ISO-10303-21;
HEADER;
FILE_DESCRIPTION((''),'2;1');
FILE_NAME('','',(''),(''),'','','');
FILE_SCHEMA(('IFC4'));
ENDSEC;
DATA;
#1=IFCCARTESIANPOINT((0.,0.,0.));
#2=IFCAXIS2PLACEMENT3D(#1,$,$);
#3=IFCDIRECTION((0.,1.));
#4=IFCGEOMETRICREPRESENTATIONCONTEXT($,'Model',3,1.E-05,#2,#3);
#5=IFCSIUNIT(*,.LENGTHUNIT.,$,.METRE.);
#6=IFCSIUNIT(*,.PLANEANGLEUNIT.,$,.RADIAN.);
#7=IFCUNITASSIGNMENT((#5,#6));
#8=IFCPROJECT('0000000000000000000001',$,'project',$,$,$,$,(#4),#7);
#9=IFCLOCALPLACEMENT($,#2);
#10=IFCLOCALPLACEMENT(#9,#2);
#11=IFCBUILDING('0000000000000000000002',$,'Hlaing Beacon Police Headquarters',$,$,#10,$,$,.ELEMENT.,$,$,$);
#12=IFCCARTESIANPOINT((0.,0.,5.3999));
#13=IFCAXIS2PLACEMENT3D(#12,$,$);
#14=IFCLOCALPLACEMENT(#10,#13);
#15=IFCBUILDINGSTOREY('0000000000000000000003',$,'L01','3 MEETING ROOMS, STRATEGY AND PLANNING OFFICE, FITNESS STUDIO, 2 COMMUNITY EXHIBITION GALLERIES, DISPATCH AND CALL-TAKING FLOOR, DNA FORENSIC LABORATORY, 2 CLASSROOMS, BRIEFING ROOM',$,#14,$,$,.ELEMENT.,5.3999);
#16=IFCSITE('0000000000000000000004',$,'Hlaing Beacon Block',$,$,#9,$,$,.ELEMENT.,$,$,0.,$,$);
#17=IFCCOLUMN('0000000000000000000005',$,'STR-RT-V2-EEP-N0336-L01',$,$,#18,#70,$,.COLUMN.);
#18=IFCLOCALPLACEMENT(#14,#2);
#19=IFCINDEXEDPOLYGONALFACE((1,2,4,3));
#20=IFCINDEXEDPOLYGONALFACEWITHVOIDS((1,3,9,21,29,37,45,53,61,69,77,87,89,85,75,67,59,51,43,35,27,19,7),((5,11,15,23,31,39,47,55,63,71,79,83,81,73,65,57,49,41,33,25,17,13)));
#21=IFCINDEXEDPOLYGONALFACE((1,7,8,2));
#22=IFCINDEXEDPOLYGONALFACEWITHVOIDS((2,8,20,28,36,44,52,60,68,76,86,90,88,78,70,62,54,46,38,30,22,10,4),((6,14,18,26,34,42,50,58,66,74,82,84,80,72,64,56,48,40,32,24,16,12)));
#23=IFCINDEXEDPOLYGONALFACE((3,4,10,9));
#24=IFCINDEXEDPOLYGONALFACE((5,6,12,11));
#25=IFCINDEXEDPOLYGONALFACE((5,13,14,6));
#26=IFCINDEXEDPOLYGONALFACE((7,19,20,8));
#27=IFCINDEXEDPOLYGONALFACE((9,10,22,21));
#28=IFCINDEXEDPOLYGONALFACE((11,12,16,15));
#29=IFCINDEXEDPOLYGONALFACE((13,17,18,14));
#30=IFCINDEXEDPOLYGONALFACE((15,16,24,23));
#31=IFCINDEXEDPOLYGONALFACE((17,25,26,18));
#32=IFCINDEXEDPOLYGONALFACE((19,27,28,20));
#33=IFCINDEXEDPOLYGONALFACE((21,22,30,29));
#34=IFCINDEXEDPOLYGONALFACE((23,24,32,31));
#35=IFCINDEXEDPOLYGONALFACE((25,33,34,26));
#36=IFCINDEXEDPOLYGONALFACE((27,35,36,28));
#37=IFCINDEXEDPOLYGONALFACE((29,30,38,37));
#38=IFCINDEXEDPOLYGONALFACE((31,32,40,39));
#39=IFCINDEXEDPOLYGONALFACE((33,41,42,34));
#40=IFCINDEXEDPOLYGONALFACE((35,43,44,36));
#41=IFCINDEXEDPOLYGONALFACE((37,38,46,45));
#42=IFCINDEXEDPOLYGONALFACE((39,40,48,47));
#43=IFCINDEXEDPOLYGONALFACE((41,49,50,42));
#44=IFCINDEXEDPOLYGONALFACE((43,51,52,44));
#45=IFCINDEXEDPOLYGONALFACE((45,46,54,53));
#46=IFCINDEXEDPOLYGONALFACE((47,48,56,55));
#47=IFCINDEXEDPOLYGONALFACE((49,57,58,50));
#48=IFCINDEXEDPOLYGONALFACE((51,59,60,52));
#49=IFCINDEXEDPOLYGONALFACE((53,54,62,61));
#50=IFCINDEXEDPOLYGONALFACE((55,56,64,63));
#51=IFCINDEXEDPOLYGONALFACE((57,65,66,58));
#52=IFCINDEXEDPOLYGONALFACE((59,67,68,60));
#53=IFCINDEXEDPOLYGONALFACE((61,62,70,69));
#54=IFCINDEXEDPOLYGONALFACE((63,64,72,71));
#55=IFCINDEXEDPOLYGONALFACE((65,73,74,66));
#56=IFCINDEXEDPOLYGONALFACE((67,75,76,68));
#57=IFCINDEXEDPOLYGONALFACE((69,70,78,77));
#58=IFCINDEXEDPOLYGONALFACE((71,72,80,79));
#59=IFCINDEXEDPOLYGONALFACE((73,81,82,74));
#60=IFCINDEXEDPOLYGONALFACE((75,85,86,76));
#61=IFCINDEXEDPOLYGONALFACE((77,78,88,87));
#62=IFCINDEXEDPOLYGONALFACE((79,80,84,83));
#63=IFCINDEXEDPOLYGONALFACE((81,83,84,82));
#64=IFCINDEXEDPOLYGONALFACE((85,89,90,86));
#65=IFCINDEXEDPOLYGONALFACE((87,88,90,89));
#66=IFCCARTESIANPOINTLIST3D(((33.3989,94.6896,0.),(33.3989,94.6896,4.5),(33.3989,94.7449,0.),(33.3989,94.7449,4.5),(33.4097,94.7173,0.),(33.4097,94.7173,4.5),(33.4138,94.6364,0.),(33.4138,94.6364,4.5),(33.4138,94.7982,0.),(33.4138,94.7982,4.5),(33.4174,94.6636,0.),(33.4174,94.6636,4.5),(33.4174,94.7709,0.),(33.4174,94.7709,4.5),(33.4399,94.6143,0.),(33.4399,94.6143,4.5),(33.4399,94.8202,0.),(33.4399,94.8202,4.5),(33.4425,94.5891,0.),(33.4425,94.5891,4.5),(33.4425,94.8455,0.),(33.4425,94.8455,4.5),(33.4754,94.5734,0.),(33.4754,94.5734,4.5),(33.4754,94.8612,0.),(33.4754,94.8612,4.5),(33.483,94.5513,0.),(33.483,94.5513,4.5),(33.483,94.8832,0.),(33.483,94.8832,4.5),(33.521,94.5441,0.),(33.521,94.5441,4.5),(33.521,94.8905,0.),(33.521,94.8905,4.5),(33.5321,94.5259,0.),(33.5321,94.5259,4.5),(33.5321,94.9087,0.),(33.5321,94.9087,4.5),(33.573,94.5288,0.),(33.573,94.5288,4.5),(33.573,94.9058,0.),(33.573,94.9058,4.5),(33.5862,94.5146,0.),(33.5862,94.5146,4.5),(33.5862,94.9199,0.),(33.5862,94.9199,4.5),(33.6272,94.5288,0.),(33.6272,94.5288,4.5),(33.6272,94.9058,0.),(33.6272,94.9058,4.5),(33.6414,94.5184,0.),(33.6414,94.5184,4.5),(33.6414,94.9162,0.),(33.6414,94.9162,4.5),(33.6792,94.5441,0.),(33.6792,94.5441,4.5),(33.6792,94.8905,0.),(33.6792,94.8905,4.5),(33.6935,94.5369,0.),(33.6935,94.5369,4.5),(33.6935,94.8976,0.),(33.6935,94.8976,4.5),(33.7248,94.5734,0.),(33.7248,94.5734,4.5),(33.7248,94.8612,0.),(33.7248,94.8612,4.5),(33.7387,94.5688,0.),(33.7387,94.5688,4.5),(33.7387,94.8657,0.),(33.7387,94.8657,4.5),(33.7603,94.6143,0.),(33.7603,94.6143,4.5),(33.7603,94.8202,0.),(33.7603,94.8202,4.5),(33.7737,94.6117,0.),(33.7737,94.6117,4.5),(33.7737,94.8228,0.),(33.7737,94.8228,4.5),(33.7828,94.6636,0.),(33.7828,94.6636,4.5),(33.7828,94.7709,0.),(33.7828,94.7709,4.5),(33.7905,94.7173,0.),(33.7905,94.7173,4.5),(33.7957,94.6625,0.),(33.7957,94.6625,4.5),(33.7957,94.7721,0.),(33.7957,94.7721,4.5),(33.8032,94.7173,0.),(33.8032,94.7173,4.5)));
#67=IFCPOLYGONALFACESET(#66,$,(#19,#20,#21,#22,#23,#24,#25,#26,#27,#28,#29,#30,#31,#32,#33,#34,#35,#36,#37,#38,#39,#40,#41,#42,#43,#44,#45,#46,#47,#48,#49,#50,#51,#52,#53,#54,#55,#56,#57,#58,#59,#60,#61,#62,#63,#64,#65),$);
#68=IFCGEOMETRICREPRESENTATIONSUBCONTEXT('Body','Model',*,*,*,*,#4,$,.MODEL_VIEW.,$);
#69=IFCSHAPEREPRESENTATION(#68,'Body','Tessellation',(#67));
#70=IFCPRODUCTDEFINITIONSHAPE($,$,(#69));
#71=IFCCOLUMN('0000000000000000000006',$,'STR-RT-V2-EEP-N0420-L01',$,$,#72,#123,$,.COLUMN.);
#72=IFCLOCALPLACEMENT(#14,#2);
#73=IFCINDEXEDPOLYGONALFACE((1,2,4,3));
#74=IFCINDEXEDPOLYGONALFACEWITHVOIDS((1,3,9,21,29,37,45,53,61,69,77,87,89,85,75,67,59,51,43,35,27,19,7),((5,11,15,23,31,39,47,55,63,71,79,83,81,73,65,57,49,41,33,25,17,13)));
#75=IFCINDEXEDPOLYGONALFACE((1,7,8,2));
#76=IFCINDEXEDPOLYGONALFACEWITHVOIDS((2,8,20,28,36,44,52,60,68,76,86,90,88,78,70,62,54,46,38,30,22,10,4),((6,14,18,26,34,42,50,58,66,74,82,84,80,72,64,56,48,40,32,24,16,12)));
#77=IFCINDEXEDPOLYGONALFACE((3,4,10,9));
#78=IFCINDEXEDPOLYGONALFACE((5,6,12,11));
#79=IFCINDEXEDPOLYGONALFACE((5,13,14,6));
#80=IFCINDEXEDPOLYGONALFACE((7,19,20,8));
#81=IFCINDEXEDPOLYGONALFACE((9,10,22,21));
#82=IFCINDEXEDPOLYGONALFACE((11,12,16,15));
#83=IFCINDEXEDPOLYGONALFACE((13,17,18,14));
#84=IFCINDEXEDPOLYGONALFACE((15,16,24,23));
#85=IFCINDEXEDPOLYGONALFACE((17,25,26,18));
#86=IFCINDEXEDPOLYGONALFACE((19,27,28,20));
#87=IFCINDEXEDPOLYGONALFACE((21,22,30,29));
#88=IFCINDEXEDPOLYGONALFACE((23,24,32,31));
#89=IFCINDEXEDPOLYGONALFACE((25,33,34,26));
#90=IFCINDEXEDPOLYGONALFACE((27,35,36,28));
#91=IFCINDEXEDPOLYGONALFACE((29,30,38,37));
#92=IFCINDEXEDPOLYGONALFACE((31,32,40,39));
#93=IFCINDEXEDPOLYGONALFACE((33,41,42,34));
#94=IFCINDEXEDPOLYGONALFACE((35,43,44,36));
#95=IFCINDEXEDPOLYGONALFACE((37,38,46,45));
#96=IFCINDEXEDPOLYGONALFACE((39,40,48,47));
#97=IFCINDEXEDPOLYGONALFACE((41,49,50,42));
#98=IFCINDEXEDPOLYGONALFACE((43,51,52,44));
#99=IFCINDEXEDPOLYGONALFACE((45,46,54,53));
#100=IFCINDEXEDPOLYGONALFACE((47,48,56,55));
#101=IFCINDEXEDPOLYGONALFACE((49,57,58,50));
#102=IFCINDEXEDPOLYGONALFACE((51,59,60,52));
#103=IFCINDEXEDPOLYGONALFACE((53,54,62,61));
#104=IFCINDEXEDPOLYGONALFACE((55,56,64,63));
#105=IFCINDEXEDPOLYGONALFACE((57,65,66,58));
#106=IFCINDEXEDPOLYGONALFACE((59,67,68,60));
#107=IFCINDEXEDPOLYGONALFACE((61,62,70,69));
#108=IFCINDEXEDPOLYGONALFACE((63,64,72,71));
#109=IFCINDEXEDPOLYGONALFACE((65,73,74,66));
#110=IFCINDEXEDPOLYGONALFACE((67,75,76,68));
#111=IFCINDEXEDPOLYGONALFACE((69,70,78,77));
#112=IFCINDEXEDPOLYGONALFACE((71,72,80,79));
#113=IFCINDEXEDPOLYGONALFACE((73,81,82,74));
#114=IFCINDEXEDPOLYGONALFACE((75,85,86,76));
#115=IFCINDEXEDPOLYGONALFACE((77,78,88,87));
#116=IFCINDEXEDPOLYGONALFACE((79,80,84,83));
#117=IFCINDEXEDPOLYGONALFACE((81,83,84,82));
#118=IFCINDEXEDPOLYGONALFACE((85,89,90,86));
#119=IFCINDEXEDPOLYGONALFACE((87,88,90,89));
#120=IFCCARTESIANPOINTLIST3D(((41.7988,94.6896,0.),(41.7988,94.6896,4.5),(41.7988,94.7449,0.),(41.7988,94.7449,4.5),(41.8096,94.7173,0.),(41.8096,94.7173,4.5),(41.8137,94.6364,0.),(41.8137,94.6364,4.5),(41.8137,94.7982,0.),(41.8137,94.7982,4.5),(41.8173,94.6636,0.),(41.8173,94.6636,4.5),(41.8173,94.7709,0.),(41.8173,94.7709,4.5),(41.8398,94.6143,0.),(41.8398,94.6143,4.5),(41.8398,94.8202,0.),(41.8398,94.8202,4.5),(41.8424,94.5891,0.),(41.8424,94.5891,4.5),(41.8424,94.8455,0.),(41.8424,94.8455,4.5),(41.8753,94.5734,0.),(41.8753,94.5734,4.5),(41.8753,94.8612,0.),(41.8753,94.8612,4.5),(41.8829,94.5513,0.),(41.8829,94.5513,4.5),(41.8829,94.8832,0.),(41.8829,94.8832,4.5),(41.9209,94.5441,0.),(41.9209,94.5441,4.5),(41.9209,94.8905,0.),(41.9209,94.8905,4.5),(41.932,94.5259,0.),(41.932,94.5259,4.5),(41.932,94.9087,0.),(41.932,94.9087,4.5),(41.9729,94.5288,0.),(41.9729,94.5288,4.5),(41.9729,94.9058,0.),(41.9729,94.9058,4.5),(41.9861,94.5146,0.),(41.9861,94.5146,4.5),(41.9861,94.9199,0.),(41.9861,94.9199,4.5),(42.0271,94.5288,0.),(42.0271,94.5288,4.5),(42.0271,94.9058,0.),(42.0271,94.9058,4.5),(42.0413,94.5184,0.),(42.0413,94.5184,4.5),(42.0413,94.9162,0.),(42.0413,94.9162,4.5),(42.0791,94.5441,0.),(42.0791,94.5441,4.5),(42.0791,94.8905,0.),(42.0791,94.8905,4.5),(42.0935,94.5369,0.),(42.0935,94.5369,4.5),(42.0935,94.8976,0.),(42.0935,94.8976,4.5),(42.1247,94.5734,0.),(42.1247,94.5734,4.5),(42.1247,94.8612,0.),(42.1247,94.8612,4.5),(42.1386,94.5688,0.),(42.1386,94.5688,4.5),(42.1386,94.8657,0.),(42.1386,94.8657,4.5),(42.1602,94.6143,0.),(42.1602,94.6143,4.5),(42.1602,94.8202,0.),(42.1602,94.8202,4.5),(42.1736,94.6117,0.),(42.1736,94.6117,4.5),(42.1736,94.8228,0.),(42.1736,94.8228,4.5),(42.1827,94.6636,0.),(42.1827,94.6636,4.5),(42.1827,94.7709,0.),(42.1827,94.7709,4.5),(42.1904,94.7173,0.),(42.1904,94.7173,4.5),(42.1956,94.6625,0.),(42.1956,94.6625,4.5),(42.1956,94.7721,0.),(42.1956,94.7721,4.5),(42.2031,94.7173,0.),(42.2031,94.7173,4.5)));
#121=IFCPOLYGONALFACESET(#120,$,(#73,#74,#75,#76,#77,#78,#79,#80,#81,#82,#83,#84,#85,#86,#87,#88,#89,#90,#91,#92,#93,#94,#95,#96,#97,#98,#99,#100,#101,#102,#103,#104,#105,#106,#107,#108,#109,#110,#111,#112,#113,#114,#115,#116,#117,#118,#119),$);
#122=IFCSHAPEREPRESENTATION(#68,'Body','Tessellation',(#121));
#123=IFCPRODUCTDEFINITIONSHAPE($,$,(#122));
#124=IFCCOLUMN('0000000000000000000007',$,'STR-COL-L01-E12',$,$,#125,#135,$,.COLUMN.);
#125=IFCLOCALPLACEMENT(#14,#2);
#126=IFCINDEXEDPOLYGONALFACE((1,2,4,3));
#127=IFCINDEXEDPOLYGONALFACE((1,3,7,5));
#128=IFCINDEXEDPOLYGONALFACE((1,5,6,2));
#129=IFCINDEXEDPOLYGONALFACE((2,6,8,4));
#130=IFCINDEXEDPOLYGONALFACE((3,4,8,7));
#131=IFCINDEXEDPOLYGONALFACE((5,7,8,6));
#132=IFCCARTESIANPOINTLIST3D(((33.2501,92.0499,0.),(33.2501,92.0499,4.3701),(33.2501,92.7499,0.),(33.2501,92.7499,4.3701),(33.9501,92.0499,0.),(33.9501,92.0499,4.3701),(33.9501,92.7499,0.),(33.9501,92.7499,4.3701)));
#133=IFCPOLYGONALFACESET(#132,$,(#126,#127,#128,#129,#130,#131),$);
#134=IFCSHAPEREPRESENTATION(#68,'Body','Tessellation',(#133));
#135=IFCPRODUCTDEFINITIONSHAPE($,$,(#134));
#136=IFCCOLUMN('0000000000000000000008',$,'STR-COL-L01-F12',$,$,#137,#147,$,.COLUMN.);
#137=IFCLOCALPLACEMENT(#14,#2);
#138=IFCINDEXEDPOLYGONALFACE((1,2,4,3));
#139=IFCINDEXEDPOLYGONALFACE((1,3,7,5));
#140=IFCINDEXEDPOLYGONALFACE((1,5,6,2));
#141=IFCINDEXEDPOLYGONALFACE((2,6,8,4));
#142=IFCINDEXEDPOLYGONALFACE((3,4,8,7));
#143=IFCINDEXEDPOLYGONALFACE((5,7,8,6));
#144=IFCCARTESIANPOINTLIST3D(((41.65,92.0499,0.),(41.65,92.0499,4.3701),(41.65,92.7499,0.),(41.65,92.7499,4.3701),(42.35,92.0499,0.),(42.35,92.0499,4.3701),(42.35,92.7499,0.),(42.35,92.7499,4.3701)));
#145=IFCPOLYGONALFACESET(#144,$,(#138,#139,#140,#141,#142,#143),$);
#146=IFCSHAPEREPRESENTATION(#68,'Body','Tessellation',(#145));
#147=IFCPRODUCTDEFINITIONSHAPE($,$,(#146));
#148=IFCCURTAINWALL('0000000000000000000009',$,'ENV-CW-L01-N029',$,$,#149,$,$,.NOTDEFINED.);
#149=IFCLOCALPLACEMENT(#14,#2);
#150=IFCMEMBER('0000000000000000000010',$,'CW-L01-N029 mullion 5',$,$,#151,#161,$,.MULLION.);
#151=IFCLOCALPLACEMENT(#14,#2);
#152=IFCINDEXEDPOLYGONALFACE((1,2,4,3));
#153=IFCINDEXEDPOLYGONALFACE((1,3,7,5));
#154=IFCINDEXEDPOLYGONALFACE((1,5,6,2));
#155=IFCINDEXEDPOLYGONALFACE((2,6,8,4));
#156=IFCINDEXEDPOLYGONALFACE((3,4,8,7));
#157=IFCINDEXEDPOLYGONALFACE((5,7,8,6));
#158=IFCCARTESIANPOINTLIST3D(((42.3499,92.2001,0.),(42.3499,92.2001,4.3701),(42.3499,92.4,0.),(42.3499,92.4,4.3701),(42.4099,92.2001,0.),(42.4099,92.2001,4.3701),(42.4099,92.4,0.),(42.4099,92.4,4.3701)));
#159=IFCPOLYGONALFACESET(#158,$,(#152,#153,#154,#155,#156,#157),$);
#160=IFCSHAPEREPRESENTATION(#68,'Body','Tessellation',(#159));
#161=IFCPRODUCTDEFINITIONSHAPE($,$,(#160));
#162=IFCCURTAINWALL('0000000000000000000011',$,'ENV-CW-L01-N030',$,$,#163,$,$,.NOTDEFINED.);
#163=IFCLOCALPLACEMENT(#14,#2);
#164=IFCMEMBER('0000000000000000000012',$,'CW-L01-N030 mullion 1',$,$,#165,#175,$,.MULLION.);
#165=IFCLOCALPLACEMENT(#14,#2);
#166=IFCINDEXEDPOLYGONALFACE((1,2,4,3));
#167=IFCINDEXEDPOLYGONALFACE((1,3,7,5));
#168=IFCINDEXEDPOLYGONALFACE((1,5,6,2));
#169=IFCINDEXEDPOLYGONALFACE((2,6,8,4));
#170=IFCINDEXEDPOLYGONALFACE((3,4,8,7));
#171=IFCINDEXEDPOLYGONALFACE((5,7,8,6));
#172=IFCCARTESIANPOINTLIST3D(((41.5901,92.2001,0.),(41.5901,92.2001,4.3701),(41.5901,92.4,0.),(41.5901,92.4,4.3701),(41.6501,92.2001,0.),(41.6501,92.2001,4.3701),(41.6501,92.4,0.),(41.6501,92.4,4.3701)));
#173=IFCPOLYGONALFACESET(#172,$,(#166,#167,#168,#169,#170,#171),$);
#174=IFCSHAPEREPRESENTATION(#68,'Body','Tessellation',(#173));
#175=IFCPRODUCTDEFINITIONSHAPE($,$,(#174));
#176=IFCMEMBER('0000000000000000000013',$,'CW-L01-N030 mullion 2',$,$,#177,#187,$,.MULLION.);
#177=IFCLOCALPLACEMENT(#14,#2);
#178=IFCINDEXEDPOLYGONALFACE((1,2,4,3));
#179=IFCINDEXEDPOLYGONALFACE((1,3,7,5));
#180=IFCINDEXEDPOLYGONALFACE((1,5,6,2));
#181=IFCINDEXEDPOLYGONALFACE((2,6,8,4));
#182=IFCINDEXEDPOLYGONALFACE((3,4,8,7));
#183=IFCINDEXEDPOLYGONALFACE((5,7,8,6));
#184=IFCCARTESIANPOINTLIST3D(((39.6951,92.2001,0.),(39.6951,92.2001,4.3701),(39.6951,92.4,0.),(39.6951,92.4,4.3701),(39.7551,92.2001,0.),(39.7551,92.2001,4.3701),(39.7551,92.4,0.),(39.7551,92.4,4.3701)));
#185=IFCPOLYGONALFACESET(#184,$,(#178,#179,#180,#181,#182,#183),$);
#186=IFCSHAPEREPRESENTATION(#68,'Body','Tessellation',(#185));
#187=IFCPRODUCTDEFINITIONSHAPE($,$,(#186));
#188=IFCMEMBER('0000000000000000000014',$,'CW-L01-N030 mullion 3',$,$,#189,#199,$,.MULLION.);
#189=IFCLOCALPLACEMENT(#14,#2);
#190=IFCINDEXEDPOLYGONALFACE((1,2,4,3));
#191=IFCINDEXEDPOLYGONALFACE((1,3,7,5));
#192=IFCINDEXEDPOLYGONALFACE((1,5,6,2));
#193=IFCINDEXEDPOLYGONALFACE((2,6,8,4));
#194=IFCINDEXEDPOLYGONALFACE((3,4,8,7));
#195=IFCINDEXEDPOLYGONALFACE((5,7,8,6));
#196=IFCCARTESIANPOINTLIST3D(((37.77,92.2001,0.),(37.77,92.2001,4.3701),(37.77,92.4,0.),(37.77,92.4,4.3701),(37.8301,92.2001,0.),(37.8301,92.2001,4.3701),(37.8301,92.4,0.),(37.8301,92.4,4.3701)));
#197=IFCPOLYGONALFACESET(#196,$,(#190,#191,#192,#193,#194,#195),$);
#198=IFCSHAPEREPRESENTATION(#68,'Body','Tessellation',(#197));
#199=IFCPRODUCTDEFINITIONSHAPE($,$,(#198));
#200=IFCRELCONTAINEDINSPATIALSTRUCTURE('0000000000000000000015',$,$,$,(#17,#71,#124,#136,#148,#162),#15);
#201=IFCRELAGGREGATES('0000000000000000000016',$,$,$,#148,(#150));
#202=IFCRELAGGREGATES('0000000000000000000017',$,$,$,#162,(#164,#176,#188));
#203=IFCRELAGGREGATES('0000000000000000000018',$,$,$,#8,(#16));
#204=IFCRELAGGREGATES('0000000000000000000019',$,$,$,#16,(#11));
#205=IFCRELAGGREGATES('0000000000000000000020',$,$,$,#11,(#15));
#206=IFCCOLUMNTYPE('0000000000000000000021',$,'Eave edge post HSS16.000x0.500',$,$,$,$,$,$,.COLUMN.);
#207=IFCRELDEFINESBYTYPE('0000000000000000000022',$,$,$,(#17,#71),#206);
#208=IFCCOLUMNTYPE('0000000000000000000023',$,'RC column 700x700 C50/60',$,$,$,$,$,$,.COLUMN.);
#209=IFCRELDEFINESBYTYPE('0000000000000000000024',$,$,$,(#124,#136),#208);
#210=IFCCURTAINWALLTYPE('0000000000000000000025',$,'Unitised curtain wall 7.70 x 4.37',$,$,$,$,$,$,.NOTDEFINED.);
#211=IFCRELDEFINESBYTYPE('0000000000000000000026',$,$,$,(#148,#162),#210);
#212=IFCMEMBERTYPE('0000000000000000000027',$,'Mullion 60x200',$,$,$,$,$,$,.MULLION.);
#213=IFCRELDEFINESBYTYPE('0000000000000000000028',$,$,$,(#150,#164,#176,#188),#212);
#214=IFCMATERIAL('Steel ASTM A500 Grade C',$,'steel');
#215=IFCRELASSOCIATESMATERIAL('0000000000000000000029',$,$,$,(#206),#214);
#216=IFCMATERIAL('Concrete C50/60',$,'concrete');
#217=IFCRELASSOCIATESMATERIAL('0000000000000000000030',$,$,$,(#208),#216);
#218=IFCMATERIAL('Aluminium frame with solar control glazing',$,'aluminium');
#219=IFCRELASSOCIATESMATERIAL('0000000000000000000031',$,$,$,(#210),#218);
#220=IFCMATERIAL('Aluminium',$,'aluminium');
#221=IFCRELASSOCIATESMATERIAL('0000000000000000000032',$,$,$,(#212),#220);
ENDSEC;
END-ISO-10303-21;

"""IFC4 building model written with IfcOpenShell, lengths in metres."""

from ifc_helpers import new_model, si_unit, direction, frame, origin, origin_2d, place, context, subcontext, project, spatial, rectangle, hollow_circle, extrude, material, material_profile, profile_set, type_object, element, aggregate, save


model = new_model("IFC4")

# Units and contexts
model_context = context("Model", 3, precision=1e-05, world=origin(), true_north=direction((0.0, 1.0)))
body_context = subcontext(model_context, "Body", "Model", "MODEL_VIEW")
ifc_project = project(units=[si_unit("LENGTHUNIT", "METRE"), si_unit("PLANEANGLEUNIT", "RADIAN")], contexts=[model_context])

# Site, building, storey
site_placement = place(None, origin())
site = spatial("IfcSite", under=ifc_project, at=site_placement, Name="Hlaing Beacon Block", CompositionType="ELEMENT", RefElevation=0.0)
building_placement = place(site_placement, origin())
building = spatial("IfcBuilding", under=site, at=building_placement, Name="Hlaing Beacon Police Headquarters", CompositionType="ELEMENT")
storey_placement = place(building_placement, frame((0.0, 0.0, 5.3999)))
storey = spatial("IfcBuildingStorey", under=building, at=storey_placement, Name="L01", Description="3 MEETING ROOMS, STRATEGY AND PLANNING OFFICE, FITNESS STUDIO, 2 COMMUNITY EXHIBITION GALLERIES, DISPATCH AND CALL-TAKING FLOOR, DNA FORENSIC LABORATORY, 2 CLASSROOMS, BRIEFING ROOM", CompositionType="ELEMENT", Elevation=5.3999)

# Columns
ifc_material_1 = material(Name="Steel ASTM A500 Grade C", Category="steel")
ifc_material_profile_1 = material_profile(ifc_material_1, hollow_circle(Radius=0.2031, WallThickness=0.0127, at=origin_2d()), Name="HSS16.000x0.500")
ifc_profile_set_1 = profile_set([ifc_material_profile_1], Name="Steel ASTM A500 Grade C")
column_type_1 = type_object("IfcColumnType", Name="Eave edge post HSS16.000x0.500", PredefinedType="COLUMN", material=ifc_profile_set_1)
for number, where, z_axis, x_axis, name in (
    (1, (33.6001, 94.7173, 0.0), (0.0, 0.0, 1.0), (1.0, 0.0, 0.0), "STR-RT-V2-EEP-N0336-L01"),
    (2, (42.0, 94.7173, 0.0), (0.0, 0.0, 1.0), (1.0, 0.0, 0.0), "STR-RT-V2-EEP-N0420-L01"),
):
    element("IfcColumn", number, at=place(storey_placement, frame(where, z_axis=z_axis, x_axis=x_axis)), inside=storey, type_object=column_type_1, Name=name, PredefinedType="COLUMN", context=body_context, shape_type="SweptSolid", body=[
        extrude(hollow_circle(Radius=0.2031, WallThickness=0.0127, at=origin_2d()), origin(), (0.0, 0.0, 1.0), 4.5),
    ])
ifc_material_2 = material(Name="Concrete C50/60", Category="concrete")
ifc_material_profile_2 = material_profile(ifc_material_2, rectangle(XDim=0.7, YDim=0.7, at=origin_2d()), Name="700x700")
ifc_profile_set_2 = profile_set([ifc_material_profile_2], Name="Concrete C50/60")
column_type_2 = type_object("IfcColumnType", Name="RC column 700x700 C50/60", PredefinedType="COLUMN", material=ifc_profile_set_2)
for number, where, z_axis, x_axis, name in (
    (3, (33.6001, 92.3999, 0.0), (0.0, 0.0, 1.0), (1.0, 0.0, 0.0), "STR-COL-L01-E12"),
    (4, (42.0, 92.3999, 0.0), (0.0, 0.0, 1.0), (1.0, 0.0, 0.0), "STR-COL-L01-F12"),
):
    element("IfcColumn", number, at=place(storey_placement, frame(where, z_axis=z_axis, x_axis=x_axis)), inside=storey, type_object=column_type_2, Name=name, PredefinedType="COLUMN", context=body_context, shape_type="SweptSolid", body=[
        extrude(rectangle(XDim=0.7, YDim=0.7, at=origin_2d()), origin(), (0.0, 0.0, 1.0), 4.3701),
    ])

# Curtain wall, member
ifc_material_3 = material(Name="Aluminium frame with solar control glazing", Category="aluminium")
curtain_wall_type = type_object("IfcCurtainWallType", Name="Unitised curtain wall 7.70 x 4.37", PredefinedType="NOTDEFINED", material=ifc_material_3)
curtain_wall_1_placement = place(storey_placement, origin())
curtain_wall_1 = element("IfcCurtainWall", 5, at=curtain_wall_1_placement, inside=storey, type_object=curtain_wall_type, Name="ENV-CW-L01-N029", PredefinedType="NOTDEFINED")
ifc_material_4 = material(Name="Aluminium", Category="aluminium")
ifc_material_profile_3 = material_profile(ifc_material_4, rectangle(XDim=0.2, YDim=0.0601, at=origin_2d()), Name="Mullion 60x200")
ifc_profile_set_3 = profile_set([ifc_material_profile_3], Name="Aluminium")
member_type_1 = type_object("IfcMemberType", Name="Mullion 60x200", PredefinedType="MULLION", material=ifc_profile_set_3)
member_1_placement = place(storey_placement, frame((42.3799, 92.3, 0.0), z_axis=(0.0, 0.0, 1.0), x_axis=(0.0, -1.0, 0.0)))
member_1 = element("IfcMember", 6, at=member_1_placement, type_object=member_type_1, Name="CW-L01-N029 mullion 5", PredefinedType="MULLION", context=body_context, shape_type="SweptSolid", body=[
    extrude(rectangle(XDim=0.2, YDim=0.0601, at=origin_2d()), origin(), (0.0, 0.0, 1.0), 4.3701),
])
aggregate(curtain_wall_1, [member_1])

# Curtain wall, members
curtain_wall_2_placement = place(storey_placement, origin())
curtain_wall_2 = element("IfcCurtainWall", 7, at=curtain_wall_2_placement, inside=storey, type_object=curtain_wall_type, Name="ENV-CW-L01-N030", PredefinedType="NOTDEFINED")
member_2_placement = place(storey_placement, frame((41.6201, 92.3, 0.0), z_axis=(0.0, 0.0, 1.0), x_axis=(0.0, -1.0, 0.0)))
member_2 = element("IfcMember", 8, at=member_2_placement, type_object=member_type_1, Name="CW-L01-N030 mullion 1", PredefinedType="MULLION", context=body_context, shape_type="SweptSolid", body=[
    extrude(rectangle(XDim=0.2, YDim=0.0601, at=origin_2d()), origin(), (0.0, 0.0, 1.0), 4.3701),
])
member_3_placement = place(storey_placement, frame((39.7251, 92.3, 0.0), z_axis=(0.0, 0.0, 1.0), x_axis=(0.0, -1.0, 0.0)))
member_3 = element("IfcMember", 9, at=member_3_placement, type_object=member_type_1, Name="CW-L01-N030 mullion 2", PredefinedType="MULLION", context=body_context, shape_type="SweptSolid", body=[
    extrude(rectangle(XDim=0.2, YDim=0.0601, at=origin_2d()), origin(), (0.0, 0.0, 1.0), 4.3701),
])
member_4_placement = place(storey_placement, frame((37.8, 92.3, 0.0), z_axis=(0.0, 0.0, 1.0), x_axis=(0.0, -1.0, 0.0)))
member_4 = element("IfcMember", 10, at=member_4_placement, type_object=member_type_1, Name="CW-L01-N030 mullion 3", PredefinedType="MULLION", context=body_context, shape_type="SweptSolid", body=[
    extrude(rectangle(XDim=0.2, YDim=0.0601, at=origin_2d()), origin(), (0.0, 0.0, 1.0), 4.3701),
])
aggregate(curtain_wall_2, [member_2, member_3, member_4])

save(model, "model.ifc")
